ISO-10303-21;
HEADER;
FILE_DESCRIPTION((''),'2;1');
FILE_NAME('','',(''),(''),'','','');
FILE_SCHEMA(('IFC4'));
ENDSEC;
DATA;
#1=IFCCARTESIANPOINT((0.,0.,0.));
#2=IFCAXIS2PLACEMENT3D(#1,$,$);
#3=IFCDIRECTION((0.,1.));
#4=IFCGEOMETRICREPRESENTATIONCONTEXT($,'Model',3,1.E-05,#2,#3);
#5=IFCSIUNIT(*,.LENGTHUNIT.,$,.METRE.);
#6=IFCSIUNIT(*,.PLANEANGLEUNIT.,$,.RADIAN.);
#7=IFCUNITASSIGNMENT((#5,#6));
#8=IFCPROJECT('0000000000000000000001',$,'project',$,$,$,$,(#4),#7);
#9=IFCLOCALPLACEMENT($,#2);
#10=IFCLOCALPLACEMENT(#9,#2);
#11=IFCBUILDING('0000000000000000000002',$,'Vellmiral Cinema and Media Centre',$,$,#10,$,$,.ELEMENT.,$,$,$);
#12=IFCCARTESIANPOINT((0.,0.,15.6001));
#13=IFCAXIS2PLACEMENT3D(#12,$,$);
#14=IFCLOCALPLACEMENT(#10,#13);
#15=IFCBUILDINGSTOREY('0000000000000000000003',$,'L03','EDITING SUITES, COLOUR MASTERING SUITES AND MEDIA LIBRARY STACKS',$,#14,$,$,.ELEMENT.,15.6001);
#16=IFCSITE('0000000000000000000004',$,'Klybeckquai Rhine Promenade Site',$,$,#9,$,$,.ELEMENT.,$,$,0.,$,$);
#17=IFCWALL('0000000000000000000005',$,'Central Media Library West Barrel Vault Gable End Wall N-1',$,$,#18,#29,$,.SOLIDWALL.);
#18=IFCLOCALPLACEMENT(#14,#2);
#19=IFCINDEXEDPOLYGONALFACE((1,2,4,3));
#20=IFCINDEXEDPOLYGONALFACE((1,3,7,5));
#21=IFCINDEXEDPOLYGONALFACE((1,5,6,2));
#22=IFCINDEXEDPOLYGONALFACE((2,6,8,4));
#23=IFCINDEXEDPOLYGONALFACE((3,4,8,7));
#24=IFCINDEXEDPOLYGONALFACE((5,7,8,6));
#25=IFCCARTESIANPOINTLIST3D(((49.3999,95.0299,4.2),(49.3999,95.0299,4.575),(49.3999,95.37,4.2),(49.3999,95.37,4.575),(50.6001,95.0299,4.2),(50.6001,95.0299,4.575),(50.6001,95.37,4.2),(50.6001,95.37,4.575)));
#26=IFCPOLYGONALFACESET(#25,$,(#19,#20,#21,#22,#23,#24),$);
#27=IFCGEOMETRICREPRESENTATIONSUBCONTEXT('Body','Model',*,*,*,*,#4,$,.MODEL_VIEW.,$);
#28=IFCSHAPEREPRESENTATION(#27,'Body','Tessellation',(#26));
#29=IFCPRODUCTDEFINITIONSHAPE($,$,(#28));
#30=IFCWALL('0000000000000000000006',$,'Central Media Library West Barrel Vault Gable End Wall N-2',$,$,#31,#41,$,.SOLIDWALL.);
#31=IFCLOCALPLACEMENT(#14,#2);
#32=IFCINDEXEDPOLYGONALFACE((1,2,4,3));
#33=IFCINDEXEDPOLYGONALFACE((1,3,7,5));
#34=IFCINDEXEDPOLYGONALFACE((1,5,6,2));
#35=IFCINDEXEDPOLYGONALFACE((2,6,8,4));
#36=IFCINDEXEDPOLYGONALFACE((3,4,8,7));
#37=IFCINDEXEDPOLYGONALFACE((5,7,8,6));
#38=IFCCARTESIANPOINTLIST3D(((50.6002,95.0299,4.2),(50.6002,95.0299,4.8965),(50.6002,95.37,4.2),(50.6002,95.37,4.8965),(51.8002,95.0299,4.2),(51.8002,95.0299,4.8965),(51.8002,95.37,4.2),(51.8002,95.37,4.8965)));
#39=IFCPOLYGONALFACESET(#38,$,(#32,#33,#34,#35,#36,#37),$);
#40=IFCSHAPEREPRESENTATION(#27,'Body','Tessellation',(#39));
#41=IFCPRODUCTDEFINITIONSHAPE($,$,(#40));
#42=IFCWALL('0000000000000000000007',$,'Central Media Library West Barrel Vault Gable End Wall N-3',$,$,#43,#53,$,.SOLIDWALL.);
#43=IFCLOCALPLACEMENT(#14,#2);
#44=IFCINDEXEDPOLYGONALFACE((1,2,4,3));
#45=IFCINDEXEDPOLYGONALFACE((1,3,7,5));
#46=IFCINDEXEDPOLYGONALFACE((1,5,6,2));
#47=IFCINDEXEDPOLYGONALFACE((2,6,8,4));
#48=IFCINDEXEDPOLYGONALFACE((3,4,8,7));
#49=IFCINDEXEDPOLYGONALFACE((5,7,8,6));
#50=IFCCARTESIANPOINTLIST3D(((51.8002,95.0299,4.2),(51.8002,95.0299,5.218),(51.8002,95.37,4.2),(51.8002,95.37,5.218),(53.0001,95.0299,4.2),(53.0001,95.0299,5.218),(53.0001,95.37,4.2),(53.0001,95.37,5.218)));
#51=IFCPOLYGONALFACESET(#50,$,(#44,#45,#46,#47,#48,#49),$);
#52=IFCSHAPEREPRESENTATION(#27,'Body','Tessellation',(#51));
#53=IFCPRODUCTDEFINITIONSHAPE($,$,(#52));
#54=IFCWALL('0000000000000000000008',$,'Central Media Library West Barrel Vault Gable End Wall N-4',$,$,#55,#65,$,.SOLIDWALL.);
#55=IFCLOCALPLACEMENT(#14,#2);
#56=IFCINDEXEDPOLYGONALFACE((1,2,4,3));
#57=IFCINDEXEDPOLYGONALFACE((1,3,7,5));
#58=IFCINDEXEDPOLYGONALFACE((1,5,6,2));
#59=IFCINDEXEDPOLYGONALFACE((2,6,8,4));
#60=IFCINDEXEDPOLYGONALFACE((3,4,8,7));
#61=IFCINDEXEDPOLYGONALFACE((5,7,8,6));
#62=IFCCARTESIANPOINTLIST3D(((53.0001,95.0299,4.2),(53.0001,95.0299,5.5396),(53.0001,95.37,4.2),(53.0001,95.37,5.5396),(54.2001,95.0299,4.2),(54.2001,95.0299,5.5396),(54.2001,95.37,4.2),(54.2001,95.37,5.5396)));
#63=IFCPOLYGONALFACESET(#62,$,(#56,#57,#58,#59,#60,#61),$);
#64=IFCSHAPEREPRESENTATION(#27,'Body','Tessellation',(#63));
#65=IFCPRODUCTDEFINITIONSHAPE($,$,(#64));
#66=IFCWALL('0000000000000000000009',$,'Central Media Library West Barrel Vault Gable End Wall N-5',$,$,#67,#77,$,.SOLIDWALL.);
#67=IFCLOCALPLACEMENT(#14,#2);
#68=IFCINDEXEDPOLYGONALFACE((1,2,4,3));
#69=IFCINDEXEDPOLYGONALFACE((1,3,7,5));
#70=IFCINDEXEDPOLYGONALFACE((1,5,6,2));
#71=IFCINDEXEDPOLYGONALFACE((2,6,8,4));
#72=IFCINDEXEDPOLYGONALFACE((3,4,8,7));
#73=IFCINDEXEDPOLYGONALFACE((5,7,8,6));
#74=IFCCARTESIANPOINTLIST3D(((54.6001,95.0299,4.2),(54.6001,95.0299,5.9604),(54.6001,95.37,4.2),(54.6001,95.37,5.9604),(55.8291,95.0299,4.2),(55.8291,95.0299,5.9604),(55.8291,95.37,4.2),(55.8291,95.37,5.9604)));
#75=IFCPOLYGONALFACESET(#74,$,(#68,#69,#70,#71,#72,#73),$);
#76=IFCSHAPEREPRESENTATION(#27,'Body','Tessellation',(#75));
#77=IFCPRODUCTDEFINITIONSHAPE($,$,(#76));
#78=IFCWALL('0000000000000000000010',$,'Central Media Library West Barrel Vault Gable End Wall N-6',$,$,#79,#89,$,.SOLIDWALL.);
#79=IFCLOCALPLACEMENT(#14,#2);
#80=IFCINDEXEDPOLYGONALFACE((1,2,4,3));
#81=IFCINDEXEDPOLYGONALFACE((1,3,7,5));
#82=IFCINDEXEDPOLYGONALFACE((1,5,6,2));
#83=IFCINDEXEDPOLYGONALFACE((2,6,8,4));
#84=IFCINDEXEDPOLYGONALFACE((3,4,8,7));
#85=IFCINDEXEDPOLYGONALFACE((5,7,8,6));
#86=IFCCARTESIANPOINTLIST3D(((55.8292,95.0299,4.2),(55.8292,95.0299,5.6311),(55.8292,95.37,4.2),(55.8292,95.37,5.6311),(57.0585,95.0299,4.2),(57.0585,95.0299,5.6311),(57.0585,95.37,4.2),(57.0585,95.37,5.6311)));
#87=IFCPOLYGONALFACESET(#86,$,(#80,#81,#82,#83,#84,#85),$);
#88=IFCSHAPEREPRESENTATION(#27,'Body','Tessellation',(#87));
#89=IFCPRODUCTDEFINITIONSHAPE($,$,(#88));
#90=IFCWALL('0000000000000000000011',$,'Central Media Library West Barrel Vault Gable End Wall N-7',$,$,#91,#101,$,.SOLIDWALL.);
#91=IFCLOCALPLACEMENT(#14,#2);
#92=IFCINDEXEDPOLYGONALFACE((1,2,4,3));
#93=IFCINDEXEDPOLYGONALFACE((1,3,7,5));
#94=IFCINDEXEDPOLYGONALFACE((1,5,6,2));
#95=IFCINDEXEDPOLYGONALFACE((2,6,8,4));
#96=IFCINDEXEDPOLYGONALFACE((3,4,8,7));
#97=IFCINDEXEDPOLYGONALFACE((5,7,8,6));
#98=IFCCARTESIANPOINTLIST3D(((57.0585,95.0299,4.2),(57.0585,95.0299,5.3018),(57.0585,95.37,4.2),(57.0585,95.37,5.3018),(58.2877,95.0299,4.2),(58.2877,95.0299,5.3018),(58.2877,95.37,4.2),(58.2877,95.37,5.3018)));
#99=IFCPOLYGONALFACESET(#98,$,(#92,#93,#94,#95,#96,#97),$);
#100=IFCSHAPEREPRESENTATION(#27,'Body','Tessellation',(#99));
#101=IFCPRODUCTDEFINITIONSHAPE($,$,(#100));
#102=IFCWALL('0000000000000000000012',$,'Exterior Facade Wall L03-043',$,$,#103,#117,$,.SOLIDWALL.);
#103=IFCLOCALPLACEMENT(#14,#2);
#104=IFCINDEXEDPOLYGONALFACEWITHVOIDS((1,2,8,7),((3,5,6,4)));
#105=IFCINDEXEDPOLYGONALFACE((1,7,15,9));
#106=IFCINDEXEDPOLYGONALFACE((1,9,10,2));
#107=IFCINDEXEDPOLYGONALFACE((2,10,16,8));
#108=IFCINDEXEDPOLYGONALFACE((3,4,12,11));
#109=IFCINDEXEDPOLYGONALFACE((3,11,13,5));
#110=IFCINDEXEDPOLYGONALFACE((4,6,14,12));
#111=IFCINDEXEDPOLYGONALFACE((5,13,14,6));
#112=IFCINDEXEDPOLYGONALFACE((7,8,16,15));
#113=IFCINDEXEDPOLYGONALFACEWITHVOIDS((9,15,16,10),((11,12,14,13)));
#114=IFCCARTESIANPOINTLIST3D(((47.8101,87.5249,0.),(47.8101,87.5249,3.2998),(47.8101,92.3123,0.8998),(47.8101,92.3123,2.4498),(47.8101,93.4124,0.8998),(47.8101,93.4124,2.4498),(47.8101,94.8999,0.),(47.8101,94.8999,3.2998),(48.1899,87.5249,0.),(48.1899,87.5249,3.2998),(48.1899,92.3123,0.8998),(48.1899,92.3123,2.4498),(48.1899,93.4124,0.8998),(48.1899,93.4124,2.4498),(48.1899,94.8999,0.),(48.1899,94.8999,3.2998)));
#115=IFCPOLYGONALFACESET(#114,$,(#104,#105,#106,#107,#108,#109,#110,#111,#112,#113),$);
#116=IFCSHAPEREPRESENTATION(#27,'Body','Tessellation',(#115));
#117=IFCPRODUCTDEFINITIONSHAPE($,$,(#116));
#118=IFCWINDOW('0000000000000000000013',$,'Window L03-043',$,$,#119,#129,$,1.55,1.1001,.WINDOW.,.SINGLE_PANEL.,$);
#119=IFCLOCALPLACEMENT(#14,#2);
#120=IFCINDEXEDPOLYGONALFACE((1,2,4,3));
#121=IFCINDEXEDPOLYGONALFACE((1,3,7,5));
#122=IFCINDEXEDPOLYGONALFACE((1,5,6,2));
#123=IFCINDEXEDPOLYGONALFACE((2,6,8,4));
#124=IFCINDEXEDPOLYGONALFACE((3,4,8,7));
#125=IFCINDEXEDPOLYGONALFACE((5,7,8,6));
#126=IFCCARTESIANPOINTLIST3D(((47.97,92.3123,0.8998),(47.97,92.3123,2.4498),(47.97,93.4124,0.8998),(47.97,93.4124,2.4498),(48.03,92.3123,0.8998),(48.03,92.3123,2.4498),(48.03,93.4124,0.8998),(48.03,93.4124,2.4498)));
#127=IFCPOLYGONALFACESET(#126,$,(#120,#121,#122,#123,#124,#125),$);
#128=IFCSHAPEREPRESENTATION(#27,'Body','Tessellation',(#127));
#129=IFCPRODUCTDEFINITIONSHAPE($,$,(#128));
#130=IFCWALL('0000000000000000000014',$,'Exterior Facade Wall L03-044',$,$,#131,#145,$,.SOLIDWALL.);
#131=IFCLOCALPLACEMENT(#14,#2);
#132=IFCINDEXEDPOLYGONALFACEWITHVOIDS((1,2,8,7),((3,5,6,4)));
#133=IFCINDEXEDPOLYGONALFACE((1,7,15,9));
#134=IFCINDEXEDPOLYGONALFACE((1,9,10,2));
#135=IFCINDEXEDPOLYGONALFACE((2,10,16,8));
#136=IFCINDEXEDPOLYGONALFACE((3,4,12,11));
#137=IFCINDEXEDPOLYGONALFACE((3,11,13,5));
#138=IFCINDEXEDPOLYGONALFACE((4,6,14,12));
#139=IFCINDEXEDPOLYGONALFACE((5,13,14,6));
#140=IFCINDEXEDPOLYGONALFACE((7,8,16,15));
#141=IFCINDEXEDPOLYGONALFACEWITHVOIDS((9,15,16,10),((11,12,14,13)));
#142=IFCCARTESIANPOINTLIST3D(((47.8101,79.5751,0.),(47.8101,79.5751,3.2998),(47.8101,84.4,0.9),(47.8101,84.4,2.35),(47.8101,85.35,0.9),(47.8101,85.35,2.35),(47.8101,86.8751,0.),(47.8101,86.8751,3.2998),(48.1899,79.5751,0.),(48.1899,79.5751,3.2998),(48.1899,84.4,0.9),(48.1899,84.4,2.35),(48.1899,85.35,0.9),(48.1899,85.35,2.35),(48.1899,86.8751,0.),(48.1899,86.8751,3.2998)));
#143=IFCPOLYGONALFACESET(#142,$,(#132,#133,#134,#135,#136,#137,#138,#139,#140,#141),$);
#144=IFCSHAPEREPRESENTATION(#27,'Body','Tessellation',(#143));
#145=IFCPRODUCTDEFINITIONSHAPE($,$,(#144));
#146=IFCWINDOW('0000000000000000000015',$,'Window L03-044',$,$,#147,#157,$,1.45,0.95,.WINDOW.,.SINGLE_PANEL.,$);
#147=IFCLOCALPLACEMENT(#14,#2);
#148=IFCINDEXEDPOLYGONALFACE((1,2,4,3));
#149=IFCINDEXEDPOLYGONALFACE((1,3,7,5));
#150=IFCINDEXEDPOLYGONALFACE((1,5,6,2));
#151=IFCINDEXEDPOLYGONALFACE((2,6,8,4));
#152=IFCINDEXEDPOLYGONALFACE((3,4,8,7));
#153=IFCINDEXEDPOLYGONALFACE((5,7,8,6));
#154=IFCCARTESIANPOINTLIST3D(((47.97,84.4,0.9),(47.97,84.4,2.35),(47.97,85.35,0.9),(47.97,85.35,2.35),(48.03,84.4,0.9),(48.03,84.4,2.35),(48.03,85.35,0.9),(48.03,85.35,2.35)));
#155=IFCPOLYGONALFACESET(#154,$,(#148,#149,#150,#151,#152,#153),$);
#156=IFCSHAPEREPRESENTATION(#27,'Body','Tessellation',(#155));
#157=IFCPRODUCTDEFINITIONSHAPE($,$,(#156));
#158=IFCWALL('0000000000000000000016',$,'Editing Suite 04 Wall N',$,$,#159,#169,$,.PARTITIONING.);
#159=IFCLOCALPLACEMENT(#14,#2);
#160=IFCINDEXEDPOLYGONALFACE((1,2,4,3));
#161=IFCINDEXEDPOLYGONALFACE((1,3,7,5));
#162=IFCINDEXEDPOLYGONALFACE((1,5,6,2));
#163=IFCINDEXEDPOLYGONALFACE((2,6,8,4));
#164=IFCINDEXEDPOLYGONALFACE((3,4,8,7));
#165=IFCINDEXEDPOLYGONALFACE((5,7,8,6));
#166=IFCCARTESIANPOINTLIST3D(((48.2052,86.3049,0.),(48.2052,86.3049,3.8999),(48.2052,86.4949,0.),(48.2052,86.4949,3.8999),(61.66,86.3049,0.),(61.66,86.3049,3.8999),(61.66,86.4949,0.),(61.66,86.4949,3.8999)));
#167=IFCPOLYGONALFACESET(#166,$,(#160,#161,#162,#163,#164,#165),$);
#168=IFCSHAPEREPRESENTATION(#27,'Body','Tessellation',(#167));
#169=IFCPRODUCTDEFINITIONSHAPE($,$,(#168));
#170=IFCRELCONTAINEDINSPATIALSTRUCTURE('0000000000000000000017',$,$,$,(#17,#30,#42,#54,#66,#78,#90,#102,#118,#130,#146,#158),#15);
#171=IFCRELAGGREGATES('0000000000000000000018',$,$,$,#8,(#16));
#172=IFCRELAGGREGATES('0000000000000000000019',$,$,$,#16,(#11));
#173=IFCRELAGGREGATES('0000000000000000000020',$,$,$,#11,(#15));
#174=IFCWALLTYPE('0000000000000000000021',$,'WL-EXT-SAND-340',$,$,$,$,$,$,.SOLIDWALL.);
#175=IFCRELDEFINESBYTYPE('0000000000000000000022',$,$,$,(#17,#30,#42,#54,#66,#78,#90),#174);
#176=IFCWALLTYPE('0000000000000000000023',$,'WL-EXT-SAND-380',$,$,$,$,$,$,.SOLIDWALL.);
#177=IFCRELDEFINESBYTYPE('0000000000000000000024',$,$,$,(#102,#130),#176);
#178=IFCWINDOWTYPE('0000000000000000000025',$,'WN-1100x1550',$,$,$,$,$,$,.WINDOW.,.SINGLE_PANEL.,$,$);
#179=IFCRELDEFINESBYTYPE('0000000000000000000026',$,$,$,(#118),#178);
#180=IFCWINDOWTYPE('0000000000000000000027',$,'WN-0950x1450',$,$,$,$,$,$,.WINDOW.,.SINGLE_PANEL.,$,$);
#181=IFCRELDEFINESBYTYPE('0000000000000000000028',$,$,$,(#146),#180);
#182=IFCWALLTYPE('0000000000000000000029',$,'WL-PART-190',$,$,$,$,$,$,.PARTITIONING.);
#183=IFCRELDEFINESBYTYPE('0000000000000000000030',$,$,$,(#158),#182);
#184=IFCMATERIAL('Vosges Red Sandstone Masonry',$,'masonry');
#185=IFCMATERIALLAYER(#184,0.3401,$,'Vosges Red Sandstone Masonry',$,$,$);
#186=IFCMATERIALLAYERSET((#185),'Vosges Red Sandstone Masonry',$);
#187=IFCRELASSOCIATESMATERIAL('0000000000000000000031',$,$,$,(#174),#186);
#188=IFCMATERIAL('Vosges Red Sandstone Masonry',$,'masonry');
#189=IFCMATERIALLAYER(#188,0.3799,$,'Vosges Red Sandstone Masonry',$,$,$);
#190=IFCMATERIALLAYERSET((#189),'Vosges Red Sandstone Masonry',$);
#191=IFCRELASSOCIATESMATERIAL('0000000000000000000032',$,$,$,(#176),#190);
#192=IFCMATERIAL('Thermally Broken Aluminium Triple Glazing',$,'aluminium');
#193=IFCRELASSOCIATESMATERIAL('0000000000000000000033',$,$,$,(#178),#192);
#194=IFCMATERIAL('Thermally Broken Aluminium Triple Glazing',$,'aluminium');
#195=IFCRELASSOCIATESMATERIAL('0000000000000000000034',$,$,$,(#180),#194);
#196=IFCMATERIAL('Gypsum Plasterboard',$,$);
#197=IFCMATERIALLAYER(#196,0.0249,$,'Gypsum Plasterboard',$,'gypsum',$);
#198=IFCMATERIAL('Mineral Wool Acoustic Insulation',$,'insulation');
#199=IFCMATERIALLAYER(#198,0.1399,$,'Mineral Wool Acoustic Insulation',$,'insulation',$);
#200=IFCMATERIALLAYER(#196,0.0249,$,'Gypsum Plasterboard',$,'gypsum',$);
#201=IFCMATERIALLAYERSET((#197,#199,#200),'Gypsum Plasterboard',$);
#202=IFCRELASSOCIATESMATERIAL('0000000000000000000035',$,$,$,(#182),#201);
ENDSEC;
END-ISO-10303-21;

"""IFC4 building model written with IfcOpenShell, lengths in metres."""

from ifc_helpers import new_model, si_unit, direction, frame, frame_2d, origin, place, context, subcontext, project, spatial, rectangle, extrude, material, layer, layer_set, type_object, element, fill, save


model = new_model("IFC4")

# Units and contexts
model_context = context("Model", 3, precision=1e-05, world=origin(), true_north=direction((0.0, 1.0)))
body_context = subcontext(model_context, "Body", "Model", "MODEL_VIEW")
ifc_project = project(units=[si_unit("LENGTHUNIT", "METRE"), si_unit("PLANEANGLEUNIT", "RADIAN")], contexts=[model_context])

# Site, building, storey
site_placement = place(None, origin())
site = spatial("IfcSite", under=ifc_project, at=site_placement, Name="Klybeckquai Rhine Promenade Site", CompositionType="ELEMENT", RefElevation=0.0)
building_placement = place(site_placement, origin())
building = spatial("IfcBuilding", under=site, at=building_placement, Name="Vellmiral Cinema and Media Centre", CompositionType="ELEMENT")
storey_placement = place(building_placement, frame((0.0, 0.0, 15.6001)))
storey = spatial("IfcBuildingStorey", under=building, at=storey_placement, Name="L03", Description="EDITING SUITES, COLOUR MASTERING SUITES AND MEDIA LIBRARY STACKS", CompositionType="ELEMENT", Elevation=15.6001)

# Walls
ifc_material_1 = material(Name="Vosges Red Sandstone Masonry", Category="masonry")
ifc_layer_1 = layer(ifc_material_1, 0.3401, Name="Vosges Red Sandstone Masonry")
ifc_layer_set_1 = layer_set([ifc_layer_1], Name="Vosges Red Sandstone Masonry")
wall_type_1 = type_object("IfcWallType", Name="WL-EXT-SAND-340", PredefinedType="SOLIDWALL", material=ifc_layer_set_1)
wall_1_placement = place(storey_placement, frame((49.3999, 95.2, 4.2), z_axis=(0.0, 0.0, 1.0), x_axis=(1.0, 0.0, 0.0)))
element("IfcWall", 1, at=wall_1_placement, inside=storey, type_object=wall_type_1, Name="Central Media Library West Barrel Vault Gable End Wall N-1", PredefinedType="SOLIDWALL", context=body_context, shape_type="SweptSolid", body=[
    extrude(rectangle(XDim=1.2002, YDim=0.3401, at=frame_2d((0.6001, 0.0))), origin(), (0.0, 0.0, 1.0), 0.375),
])
wall_2_placement = place(storey_placement, frame((50.6001, 95.2, 4.2), z_axis=(0.0, 0.0, 1.0), x_axis=(1.0, 0.0, 0.0)))
element("IfcWall", 2, at=wall_2_placement, inside=storey, type_object=wall_type_1, Name="Central Media Library West Barrel Vault Gable End Wall N-2", PredefinedType="SOLIDWALL", context=body_context, shape_type="SweptSolid", body=[
    extrude(rectangle(XDim=1.2, YDim=0.3401, at=frame_2d((0.6001, 0.0))), origin(), (0.0, 0.0, 1.0), 0.6965),
])
wall_3_placement = place(storey_placement, frame((51.8, 95.2, 4.2), z_axis=(0.0, 0.0, 1.0), x_axis=(1.0, 0.0, 0.0)))
element("IfcWall", 3, at=wall_3_placement, inside=storey, type_object=wall_type_1, Name="Central Media Library West Barrel Vault Gable End Wall N-3", PredefinedType="SOLIDWALL", context=body_context, shape_type="SweptSolid", body=[
    extrude(rectangle(XDim=1.2, YDim=0.3401, at=frame_2d((0.6001, 0.0))), origin(), (0.0, 0.0, 1.0), 1.0181),
])
wall_4_placement = place(storey_placement, frame((53.0, 95.2, 4.2), z_axis=(0.0, 0.0, 1.0), x_axis=(1.0, 0.0, 0.0)))
element("IfcWall", 4, at=wall_4_placement, inside=storey, type_object=wall_type_1, Name="Central Media Library West Barrel Vault Gable End Wall N-4", PredefinedType="SOLIDWALL", context=body_context, shape_type="SweptSolid", body=[
    extrude(rectangle(XDim=1.2, YDim=0.3401, at=frame_2d((0.6001, 0.0))), origin(), (0.0, 0.0, 1.0), 1.3396),
])
wall_5_placement = place(storey_placement, frame((54.6001, 95.2, 4.2), z_axis=(0.0, 0.0, 1.0), x_axis=(1.0, 0.0, 0.0)))
element("IfcWall", 5, at=wall_5_placement, inside=storey, type_object=wall_type_1, Name="Central Media Library West Barrel Vault Gable End Wall N-5", PredefinedType="SOLIDWALL", context=body_context, shape_type="SweptSolid", body=[
    extrude(rectangle(XDim=1.229, YDim=0.3401, at=frame_2d((0.6145, 0.0))), origin(), (0.0, 0.0, 1.0), 1.7605),
])
wall_6_placement = place(storey_placement, frame((55.8291, 95.2, 4.2), z_axis=(0.0, 0.0, 1.0), x_axis=(1.0, 0.0, 0.0)))
element("IfcWall", 6, at=wall_6_placement, inside=storey, type_object=wall_type_1, Name="Central Media Library West Barrel Vault Gable End Wall N-6", PredefinedType="SOLIDWALL", context=body_context, shape_type="SweptSolid", body=[
    extrude(rectangle(XDim=1.2292, YDim=0.3401, at=frame_2d((0.6147, 0.0))), origin(), (0.0, 0.0, 1.0), 1.4312),
])
wall_7_placement = place(storey_placement, frame((57.0583, 95.2, 4.2), z_axis=(0.0, 0.0, 1.0), x_axis=(1.0, 0.0, 0.0)))
element("IfcWall", 7, at=wall_7_placement, inside=storey, type_object=wall_type_1, Name="Central Media Library West Barrel Vault Gable End Wall N-7", PredefinedType="SOLIDWALL", context=body_context, shape_type="SweptSolid", body=[
    extrude(rectangle(XDim=1.2292, YDim=0.3401, at=frame_2d((0.6147, 0.0))), origin(), (0.0, 0.0, 1.0), 1.1018),
])

# Walls, openings, windows
ifc_material_2 = material(Name="Vosges Red Sandstone Masonry", Category="masonry")
ifc_layer_2 = layer(ifc_material_2, 0.3799, Name="Vosges Red Sandstone Masonry")
ifc_layer_set_2 = layer_set([ifc_layer_2], Name="Vosges Red Sandstone Masonry")
wall_type_2 = type_object("IfcWallType", Name="WL-EXT-SAND-380", PredefinedType="SOLIDWALL", material=ifc_layer_set_2)
wall_8_placement = place(storey_placement, frame((48.0, 94.8999, 0.0), z_axis=(0.0, 0.0, 1.0), x_axis=(0.0, -1.0, 0.0)))
wall_8 = element("IfcWall", 8, at=wall_8_placement, inside=storey, type_object=wall_type_2, Name="Exterior Facade Wall L03-043", PredefinedType="SOLIDWALL", context=body_context, shape_type="SweptSolid", body=[
    extrude(rectangle(XDim=7.375, YDim=0.3799, at=frame_2d((3.6875, 0.0))), origin(), (0.0, 0.0, 1.0), 3.2998),
])
opening_1_placement = place(wall_8_placement, frame((1.4875, 0.0, 0.8999)))
opening_1 = element("IfcOpeningElement", 9, at=opening_1_placement, cuts=wall_8, PredefinedType="OPENING", context=body_context, shape_type="SweptSolid", body=[
    extrude(rectangle(XDim=1.1001, YDim=1.55, at=frame_2d((0.55, 0.7749))), frame((0.0, 0.2019, 0.0), z_axis=(0.0, -1.0, 0.0), x_axis=(1.0, 0.0, 0.0)), (0.0, 0.0, 1.0), 0.4038),
])
ifc_material_3 = material(Name="Thermally Broken Aluminium Triple Glazing", Category="aluminium")
window_type_1 = type_object("IfcWindowType", Name="WN-1100x1550", PartitioningType="SINGLE_PANEL", PredefinedType="WINDOW", material=ifc_material_3)
window_1_placement = place(opening_1_placement, origin())
window_1 = element("IfcWindow", 10, at=window_1_placement, inside=storey, type_object=window_type_1, Name="Window L03-043", OverallHeight=1.55, OverallWidth=1.1001, PartitioningType="SINGLE_PANEL", PredefinedType="WINDOW", context=body_context, shape_type="SweptSolid", body=[
    extrude(rectangle(XDim=1.1001, YDim=1.55, at=frame_2d((0.55, 0.7749))), frame((0.0, 0.03, 0.0), z_axis=(0.0, -1.0, 0.0), x_axis=(1.0, 0.0, 0.0)), (0.0, 0.0, 1.0), 0.0601),
])
fill(opening_1, window_1)
wall_9_placement = place(storey_placement, frame((48.0, 86.875, 0.0), z_axis=(0.0, 0.0, 1.0), x_axis=(0.0, -1.0, 0.0)))
wall_9 = element("IfcWall", 11, at=wall_9_placement, inside=storey, type_object=wall_type_2, Name="Exterior Facade Wall L03-044", PredefinedType="SOLIDWALL", context=body_context, shape_type="SweptSolid", body=[
    extrude(rectangle(XDim=7.3, YDim=0.3799, at=frame_2d((3.6499, 0.0))), origin(), (0.0, 0.0, 1.0), 3.2998),
])
opening_2_placement = place(wall_9_placement, frame((1.5249, 0.0, 0.8999)))
opening_2 = element("IfcOpeningElement", 12, at=opening_2_placement, cuts=wall_9, PredefinedType="OPENING", context=body_context, shape_type="SweptSolid", body=[
    extrude(rectangle(XDim=0.95, YDim=1.45, at=frame_2d((0.4751, 0.7251))), frame((0.0, 0.2019, 0.0), z_axis=(0.0, -1.0, 0.0), x_axis=(1.0, 0.0, 0.0)), (0.0, 0.0, 1.0), 0.4038),
])
ifc_material_4 = material(Name="Thermally Broken Aluminium Triple Glazing", Category="aluminium")
window_type_2 = type_object("IfcWindowType", Name="WN-0950x1450", PartitioningType="SINGLE_PANEL", PredefinedType="WINDOW", material=ifc_material_4)
window_2_placement = place(opening_2_placement, origin())
window_2 = element("IfcWindow", 13, at=window_2_placement, inside=storey, type_object=window_type_2, Name="Window L03-044", OverallHeight=1.45, OverallWidth=0.95, PartitioningType="SINGLE_PANEL", PredefinedType="WINDOW", context=body_context, shape_type="SweptSolid", body=[
    extrude(rectangle(XDim=0.95, YDim=1.45, at=frame_2d((0.4751, 0.7251))), frame((0.0, 0.03, 0.0), z_axis=(0.0, -1.0, 0.0), x_axis=(1.0, 0.0, 0.0)), (0.0, 0.0, 1.0), 0.0601),
])
fill(opening_2, window_2)

# Wall
ifc_material_5 = material(Name="Gypsum Plasterboard")
ifc_layer_3 = layer(ifc_material_5, 0.0249, Name="Gypsum Plasterboard", Category="gypsum")
ifc_material_6 = material(Name="Mineral Wool Acoustic Insulation", Category="insulation")
ifc_layer_4 = layer(ifc_material_6, 0.1399, Name="Mineral Wool Acoustic Insulation", Category="insulation")
ifc_layer_5 = layer(ifc_material_5, 0.0249, Name="Gypsum Plasterboard", Category="gypsum")
ifc_layer_set_3 = layer_set([ifc_layer_3, ifc_layer_4, ifc_layer_5], Name="Gypsum Plasterboard")
wall_type_3 = type_object("IfcWallType", Name="WL-PART-190", PredefinedType="PARTITIONING", material=ifc_layer_set_3)
wall_10_placement = place(storey_placement, frame((48.2051, 86.3999, 0.0), z_axis=(0.0, 0.0, 1.0), x_axis=(1.0, 0.0, 0.0)))
element("IfcWall", 14, at=wall_10_placement, inside=storey, type_object=wall_type_3, Name="Editing Suite 04 Wall N", PredefinedType="PARTITIONING", context=body_context, shape_type="SweptSolid", body=[
    extrude(rectangle(XDim=13.4548, YDim=0.1899, at=frame_2d((6.7275, 0.0))), origin(), (0.0, 0.0, 1.0), 3.8999),
])

save(model, "model.ifc")
